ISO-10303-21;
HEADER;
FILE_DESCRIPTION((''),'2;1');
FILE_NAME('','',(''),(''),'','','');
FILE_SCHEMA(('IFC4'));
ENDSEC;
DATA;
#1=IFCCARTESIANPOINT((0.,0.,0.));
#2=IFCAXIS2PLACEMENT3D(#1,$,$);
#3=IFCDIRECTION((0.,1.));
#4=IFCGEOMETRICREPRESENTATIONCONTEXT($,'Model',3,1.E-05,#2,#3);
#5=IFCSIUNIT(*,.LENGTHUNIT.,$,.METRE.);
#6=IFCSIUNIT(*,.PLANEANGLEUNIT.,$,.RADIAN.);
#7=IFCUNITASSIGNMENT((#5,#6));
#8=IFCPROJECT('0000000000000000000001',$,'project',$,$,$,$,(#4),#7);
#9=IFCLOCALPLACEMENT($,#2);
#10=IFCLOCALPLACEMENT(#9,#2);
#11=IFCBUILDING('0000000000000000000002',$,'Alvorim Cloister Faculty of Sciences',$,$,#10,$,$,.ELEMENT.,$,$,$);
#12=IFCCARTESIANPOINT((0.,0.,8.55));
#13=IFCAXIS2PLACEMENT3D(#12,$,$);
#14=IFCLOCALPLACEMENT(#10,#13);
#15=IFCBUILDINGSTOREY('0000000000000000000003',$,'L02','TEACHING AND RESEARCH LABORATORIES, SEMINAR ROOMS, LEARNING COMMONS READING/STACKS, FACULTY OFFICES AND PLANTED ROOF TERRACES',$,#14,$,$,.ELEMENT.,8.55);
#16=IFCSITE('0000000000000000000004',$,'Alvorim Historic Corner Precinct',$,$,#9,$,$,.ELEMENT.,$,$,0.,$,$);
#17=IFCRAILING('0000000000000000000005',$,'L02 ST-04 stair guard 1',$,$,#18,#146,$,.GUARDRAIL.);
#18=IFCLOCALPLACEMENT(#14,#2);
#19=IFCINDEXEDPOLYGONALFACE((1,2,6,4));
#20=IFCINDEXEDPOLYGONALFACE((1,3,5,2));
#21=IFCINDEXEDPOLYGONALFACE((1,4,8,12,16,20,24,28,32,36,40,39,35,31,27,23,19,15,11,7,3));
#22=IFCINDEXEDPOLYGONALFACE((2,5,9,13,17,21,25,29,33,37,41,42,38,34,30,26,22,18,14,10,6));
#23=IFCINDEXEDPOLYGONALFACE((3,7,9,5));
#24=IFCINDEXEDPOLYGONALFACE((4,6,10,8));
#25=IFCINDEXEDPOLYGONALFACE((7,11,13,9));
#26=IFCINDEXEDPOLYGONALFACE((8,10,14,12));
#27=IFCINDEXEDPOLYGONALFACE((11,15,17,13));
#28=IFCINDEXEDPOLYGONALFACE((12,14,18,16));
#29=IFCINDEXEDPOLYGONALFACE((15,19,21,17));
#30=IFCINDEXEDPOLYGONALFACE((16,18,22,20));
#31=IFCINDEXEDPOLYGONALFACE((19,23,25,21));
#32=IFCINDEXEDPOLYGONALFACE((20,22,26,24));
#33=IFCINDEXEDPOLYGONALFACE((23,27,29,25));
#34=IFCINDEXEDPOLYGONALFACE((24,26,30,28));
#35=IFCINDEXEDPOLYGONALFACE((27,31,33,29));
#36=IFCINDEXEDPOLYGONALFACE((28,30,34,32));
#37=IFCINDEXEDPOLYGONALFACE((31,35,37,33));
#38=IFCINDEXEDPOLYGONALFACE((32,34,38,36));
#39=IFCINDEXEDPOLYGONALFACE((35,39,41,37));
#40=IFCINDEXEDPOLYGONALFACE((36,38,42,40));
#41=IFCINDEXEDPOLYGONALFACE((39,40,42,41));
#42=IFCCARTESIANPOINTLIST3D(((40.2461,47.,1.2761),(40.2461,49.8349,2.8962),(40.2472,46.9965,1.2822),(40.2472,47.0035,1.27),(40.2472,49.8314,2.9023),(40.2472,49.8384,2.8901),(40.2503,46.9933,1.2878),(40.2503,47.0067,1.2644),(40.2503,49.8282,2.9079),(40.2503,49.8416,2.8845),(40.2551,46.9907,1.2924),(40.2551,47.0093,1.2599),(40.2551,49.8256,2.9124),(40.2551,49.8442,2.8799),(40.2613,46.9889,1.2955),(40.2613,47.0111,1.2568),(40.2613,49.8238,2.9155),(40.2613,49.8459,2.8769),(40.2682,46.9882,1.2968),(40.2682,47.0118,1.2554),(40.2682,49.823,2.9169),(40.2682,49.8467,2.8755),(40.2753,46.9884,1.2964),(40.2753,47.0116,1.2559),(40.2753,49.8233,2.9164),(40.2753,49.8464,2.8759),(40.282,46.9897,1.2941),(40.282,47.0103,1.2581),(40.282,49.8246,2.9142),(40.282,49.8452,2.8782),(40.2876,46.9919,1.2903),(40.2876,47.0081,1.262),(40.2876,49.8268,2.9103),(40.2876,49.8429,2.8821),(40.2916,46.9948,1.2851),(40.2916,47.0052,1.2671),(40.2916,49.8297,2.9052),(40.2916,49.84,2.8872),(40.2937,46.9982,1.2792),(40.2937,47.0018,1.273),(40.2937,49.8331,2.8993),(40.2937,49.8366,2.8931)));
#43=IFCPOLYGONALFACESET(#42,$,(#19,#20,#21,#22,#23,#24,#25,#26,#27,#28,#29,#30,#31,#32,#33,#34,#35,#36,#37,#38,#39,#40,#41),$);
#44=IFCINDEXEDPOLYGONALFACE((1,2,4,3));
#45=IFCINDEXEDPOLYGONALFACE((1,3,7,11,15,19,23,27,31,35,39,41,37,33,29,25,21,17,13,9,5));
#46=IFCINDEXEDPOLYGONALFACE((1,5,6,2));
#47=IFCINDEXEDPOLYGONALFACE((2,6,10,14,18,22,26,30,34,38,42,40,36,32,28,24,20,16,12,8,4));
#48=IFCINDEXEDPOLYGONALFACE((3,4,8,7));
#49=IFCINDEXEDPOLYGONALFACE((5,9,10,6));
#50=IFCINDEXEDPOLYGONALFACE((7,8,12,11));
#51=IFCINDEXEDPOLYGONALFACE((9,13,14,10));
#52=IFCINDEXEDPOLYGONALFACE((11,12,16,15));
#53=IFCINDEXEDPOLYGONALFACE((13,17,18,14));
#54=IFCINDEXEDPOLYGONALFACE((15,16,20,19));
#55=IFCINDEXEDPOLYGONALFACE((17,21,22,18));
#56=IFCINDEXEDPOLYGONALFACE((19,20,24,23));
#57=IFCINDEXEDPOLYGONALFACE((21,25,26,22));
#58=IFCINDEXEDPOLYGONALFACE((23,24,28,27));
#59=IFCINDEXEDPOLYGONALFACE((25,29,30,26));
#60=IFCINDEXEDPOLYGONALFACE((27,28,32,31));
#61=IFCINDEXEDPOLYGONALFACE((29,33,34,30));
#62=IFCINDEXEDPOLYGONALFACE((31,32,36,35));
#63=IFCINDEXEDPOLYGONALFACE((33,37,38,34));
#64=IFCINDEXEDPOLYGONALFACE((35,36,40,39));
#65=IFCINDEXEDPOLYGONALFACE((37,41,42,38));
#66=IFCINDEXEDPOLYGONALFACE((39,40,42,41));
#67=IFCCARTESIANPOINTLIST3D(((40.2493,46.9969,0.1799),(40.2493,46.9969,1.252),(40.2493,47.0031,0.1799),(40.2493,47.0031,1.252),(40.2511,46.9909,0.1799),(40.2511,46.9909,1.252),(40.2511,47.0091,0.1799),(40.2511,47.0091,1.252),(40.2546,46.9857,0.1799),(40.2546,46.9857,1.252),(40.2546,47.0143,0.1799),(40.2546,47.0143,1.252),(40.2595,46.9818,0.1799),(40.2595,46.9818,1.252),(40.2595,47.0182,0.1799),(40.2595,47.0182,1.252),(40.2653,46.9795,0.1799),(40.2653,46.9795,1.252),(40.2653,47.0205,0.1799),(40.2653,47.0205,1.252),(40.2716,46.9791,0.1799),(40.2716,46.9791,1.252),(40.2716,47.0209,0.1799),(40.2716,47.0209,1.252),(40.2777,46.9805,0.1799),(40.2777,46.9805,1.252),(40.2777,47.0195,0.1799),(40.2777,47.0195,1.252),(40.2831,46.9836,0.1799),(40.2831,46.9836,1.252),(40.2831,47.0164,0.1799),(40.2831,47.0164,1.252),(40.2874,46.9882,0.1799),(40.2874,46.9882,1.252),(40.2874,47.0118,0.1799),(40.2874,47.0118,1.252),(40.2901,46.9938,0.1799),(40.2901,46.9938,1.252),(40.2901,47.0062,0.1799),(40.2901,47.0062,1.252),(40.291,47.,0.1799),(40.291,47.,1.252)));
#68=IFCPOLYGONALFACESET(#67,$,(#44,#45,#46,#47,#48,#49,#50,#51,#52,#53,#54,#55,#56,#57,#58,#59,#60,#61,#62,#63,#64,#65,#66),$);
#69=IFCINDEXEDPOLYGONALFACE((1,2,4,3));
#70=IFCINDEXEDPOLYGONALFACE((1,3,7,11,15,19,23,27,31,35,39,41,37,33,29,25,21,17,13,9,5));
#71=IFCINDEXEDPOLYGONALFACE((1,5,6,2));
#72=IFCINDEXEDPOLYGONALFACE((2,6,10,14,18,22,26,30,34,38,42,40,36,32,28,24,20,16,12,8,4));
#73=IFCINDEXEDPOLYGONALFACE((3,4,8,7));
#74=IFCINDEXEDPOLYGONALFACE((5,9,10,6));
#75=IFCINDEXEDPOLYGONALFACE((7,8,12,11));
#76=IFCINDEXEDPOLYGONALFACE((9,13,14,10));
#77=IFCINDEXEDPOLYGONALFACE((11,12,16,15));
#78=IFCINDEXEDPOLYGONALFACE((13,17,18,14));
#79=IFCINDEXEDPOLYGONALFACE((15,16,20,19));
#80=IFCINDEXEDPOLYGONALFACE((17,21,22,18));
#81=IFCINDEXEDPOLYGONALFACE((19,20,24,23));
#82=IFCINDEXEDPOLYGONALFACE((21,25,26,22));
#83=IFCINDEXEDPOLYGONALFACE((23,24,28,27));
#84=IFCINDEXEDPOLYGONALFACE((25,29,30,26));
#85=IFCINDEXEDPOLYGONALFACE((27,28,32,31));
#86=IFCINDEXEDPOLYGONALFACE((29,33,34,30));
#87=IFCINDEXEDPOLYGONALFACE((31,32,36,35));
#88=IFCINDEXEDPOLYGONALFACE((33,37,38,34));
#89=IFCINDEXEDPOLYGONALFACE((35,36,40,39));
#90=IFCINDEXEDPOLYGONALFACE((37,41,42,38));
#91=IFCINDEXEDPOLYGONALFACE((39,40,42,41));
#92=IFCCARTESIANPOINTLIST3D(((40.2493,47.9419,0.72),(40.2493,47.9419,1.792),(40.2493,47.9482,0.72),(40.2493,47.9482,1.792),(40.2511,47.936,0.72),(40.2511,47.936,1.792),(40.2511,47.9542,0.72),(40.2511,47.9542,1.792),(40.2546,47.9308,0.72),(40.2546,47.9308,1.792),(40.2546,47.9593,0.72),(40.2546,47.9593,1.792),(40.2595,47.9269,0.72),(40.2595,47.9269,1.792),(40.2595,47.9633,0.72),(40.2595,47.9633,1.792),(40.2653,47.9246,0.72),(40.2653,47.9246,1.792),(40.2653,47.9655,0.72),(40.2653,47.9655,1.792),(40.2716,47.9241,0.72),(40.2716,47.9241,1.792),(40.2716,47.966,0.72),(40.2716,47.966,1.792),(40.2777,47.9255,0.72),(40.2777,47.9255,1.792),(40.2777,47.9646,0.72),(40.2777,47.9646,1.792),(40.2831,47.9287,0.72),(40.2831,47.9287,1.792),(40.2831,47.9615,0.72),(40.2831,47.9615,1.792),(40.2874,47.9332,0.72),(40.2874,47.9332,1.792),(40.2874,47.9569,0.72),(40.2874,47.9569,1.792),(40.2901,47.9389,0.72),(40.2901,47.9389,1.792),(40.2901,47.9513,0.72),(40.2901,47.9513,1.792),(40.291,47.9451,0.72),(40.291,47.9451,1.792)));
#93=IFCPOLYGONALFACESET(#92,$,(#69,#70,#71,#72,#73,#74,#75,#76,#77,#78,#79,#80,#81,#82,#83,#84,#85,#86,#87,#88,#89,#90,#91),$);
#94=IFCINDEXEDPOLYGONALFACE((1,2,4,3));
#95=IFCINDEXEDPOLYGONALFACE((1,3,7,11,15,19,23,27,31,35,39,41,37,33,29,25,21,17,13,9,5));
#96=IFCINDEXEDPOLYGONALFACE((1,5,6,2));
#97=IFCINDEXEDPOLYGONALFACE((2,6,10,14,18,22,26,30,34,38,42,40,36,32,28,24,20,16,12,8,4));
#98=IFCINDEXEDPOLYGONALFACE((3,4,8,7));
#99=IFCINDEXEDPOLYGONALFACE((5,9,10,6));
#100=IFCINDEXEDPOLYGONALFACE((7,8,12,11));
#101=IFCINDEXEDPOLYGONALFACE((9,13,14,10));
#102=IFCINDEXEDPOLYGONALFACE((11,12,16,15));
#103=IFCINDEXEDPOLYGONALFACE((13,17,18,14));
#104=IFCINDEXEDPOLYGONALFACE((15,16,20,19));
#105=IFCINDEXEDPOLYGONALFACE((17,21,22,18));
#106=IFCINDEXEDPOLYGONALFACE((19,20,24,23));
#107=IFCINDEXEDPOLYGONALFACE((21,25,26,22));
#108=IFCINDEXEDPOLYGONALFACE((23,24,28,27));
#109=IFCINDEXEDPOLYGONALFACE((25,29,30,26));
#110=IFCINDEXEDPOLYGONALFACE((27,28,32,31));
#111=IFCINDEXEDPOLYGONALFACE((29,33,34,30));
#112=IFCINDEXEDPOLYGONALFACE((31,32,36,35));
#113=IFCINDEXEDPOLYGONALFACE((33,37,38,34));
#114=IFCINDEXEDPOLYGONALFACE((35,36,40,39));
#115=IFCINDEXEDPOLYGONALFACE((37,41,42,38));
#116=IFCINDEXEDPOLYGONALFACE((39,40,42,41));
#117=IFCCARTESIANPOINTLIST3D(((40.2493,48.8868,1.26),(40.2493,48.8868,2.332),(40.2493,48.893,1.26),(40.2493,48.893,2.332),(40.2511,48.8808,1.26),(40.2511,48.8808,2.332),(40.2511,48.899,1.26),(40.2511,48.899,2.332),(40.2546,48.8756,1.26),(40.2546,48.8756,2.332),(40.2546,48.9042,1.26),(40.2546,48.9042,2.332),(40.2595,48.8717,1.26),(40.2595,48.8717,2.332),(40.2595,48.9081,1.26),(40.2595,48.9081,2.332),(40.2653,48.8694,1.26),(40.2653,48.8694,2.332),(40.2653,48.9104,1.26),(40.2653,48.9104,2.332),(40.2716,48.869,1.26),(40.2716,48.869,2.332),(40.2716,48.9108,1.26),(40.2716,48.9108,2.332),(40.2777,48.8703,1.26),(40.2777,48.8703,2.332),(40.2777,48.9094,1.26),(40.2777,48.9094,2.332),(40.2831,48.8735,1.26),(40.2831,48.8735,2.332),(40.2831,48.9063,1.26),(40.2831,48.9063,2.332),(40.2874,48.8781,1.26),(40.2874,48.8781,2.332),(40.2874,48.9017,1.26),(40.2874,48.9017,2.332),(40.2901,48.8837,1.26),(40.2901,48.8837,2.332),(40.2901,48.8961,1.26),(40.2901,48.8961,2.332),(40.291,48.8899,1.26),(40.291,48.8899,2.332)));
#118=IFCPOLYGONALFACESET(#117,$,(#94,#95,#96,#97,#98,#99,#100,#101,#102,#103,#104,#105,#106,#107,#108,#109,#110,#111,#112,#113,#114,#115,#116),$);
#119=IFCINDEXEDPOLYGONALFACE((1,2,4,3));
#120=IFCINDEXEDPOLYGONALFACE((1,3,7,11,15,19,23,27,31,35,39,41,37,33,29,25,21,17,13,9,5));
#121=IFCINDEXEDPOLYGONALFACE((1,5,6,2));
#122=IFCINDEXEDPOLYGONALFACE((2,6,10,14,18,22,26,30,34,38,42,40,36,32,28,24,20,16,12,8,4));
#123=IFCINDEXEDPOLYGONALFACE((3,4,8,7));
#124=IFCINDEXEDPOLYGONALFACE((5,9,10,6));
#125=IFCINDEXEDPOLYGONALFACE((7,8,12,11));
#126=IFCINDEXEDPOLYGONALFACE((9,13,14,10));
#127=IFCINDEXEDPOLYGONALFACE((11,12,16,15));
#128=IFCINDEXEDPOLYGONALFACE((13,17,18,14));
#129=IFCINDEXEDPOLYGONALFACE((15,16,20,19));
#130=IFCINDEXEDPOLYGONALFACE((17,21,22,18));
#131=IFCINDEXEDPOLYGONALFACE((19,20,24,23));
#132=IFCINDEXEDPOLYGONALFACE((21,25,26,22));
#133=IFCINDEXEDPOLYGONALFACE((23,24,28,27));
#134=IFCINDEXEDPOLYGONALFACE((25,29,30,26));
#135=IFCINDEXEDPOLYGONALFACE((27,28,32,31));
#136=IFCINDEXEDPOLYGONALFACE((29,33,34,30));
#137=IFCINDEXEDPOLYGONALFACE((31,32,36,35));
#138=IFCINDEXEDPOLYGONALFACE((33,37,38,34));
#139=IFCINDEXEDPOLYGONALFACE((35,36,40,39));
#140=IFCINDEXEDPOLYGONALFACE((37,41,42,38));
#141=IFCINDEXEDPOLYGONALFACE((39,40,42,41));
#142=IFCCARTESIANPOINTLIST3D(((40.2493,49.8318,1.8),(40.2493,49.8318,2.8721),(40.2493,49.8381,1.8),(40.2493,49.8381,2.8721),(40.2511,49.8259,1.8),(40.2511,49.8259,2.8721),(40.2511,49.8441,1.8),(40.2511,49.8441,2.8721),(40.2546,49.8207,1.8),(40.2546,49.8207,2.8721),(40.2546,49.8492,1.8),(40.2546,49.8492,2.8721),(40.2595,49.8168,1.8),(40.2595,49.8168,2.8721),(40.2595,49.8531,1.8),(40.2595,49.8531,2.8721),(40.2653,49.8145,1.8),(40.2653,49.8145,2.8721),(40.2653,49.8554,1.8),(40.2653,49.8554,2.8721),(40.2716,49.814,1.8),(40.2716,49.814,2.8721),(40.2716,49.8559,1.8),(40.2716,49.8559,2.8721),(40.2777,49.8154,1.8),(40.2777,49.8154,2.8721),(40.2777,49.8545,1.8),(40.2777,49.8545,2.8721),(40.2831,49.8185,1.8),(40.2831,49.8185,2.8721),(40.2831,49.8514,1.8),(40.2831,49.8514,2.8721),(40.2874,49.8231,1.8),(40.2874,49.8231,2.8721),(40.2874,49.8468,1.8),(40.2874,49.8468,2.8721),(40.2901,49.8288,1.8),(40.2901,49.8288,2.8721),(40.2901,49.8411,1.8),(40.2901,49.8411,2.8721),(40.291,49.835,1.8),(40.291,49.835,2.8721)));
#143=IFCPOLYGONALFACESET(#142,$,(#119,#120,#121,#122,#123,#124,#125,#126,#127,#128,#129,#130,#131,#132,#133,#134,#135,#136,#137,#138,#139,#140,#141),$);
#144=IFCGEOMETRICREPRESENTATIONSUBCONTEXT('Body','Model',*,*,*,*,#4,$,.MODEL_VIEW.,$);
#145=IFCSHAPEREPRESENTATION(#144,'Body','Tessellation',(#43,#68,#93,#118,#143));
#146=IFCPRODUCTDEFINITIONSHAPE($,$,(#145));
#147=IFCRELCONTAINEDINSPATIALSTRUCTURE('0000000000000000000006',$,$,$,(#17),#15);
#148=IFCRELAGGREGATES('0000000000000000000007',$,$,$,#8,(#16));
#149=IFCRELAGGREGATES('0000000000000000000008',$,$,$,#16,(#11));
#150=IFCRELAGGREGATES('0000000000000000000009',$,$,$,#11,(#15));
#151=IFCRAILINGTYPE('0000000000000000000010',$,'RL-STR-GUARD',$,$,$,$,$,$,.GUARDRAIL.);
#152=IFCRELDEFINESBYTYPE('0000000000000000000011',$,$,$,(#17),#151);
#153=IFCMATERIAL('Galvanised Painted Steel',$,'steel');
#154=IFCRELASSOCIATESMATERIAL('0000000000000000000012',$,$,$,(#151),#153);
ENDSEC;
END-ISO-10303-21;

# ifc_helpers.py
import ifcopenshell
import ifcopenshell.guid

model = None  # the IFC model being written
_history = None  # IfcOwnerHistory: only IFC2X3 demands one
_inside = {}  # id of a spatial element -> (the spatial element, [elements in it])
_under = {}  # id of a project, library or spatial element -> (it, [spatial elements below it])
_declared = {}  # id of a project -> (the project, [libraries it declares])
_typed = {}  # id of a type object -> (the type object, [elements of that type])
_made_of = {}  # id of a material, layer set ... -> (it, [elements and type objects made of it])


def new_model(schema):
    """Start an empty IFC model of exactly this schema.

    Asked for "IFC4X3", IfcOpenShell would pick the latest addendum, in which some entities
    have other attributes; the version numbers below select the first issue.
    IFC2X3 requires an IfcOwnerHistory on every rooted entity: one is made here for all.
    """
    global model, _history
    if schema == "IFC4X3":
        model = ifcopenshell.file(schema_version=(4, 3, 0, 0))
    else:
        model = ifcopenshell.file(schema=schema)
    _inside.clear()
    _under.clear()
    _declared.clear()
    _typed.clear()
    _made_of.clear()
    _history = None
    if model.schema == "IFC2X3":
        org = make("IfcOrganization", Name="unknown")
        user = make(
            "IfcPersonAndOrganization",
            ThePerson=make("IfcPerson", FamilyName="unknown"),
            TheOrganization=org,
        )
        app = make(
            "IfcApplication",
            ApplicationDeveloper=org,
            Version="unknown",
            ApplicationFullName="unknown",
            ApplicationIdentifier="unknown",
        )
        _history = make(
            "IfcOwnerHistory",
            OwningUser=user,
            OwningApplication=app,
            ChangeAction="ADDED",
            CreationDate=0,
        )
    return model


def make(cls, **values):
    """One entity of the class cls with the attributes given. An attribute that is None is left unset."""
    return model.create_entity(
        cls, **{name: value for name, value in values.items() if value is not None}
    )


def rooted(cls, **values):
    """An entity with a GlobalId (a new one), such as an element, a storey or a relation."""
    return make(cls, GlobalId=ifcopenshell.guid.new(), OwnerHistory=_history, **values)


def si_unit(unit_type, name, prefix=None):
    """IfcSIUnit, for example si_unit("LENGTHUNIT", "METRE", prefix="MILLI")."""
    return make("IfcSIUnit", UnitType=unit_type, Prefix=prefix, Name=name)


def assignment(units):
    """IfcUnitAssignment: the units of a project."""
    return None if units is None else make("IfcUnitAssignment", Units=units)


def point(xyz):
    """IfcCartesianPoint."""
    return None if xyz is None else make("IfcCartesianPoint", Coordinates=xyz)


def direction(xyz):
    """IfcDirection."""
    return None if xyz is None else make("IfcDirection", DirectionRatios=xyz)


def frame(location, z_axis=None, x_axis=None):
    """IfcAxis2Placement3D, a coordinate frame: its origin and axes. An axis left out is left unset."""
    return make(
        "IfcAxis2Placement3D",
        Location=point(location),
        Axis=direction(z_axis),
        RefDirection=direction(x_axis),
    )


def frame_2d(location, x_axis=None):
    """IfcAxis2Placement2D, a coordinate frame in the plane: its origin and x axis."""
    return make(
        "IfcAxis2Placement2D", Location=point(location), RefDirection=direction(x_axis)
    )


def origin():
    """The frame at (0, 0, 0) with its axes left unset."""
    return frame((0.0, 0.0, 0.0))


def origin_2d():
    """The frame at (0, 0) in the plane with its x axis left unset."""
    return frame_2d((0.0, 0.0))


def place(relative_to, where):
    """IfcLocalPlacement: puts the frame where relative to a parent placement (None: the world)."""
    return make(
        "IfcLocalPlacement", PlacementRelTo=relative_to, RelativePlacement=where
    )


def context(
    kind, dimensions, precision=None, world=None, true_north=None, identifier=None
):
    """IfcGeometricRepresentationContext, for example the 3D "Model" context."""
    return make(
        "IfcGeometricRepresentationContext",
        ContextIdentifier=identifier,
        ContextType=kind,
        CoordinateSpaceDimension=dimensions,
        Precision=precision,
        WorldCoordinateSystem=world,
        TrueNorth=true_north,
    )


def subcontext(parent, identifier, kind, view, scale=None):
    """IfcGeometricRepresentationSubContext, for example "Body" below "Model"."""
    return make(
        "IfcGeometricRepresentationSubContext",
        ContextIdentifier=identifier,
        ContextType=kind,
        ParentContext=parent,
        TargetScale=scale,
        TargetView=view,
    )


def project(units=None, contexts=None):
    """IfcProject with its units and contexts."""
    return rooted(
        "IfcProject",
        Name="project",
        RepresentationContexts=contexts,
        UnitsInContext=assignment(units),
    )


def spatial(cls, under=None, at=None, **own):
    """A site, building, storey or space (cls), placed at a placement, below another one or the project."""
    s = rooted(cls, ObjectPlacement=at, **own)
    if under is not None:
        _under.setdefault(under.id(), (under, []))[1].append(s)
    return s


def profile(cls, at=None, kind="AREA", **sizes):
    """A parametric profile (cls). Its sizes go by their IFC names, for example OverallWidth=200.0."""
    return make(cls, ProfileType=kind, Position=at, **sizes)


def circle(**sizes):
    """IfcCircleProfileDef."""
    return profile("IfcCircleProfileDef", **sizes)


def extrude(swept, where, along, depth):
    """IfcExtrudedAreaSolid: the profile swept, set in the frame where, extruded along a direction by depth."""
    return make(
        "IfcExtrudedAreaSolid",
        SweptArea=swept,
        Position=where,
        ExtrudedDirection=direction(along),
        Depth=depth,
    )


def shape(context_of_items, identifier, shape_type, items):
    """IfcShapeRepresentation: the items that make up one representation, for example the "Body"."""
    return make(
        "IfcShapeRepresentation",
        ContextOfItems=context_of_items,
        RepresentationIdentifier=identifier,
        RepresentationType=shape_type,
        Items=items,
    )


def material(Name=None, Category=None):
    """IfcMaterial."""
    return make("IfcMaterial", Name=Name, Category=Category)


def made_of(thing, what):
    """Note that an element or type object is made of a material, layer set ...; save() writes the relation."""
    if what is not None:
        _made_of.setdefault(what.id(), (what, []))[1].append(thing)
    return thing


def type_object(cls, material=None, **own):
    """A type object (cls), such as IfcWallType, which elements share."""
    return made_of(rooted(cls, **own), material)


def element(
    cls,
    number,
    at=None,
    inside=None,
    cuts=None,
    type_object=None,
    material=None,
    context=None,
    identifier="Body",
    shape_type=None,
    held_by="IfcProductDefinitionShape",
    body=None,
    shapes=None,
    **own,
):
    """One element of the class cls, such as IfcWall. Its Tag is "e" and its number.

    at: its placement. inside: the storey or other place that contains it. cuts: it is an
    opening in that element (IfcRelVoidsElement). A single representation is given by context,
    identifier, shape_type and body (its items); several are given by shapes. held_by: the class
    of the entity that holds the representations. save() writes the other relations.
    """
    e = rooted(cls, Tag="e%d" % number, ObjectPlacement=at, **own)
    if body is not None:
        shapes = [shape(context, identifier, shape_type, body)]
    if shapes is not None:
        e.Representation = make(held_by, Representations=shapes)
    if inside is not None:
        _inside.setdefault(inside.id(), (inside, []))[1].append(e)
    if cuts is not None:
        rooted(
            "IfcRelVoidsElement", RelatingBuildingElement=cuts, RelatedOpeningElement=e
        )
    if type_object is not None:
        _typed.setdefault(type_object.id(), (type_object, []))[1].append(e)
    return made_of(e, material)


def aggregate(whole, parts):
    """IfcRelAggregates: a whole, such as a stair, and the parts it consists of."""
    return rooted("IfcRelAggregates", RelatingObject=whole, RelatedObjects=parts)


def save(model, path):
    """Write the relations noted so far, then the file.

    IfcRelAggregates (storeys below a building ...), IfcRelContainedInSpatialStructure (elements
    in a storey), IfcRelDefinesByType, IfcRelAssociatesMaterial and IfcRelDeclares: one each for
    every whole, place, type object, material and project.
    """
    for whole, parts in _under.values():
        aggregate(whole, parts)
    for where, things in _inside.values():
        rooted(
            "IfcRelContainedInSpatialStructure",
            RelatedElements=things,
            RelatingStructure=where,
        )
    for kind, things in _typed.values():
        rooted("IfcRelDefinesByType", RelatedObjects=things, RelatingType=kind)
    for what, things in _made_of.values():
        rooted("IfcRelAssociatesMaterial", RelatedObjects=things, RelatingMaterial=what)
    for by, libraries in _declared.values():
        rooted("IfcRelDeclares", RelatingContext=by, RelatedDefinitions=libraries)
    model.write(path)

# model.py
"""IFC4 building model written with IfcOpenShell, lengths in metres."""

from ifc_helpers import new_model, si_unit, direction, frame, origin, origin_2d, place, context, subcontext, project, spatial, circle, extrude, material, type_object, element, save


model = new_model("IFC4")

# Units and contexts
model_context = context("Model", 3, precision=1e-05, world=origin(), true_north=direction((0.0, 1.0)))
body_context = subcontext(model_context, "Body", "Model", "MODEL_VIEW")
ifc_project = project(units=[si_unit("LENGTHUNIT", "METRE"), si_unit("PLANEANGLEUNIT", "RADIAN")], contexts=[model_context])

# Site, building, storey
site_placement = place(None, origin())
site = spatial("IfcSite", under=ifc_project, at=site_placement, Name="Alvorim Historic Corner Precinct", CompositionType="ELEMENT", RefElevation=0.0)
building_placement = place(site_placement, origin())
building = spatial("IfcBuilding", under=site, at=building_placement, Name="Alvorim Cloister Faculty of Sciences", CompositionType="ELEMENT")
storey_placement = place(building_placement, frame((0.0, 0.0, 8.55)))
storey = spatial("IfcBuildingStorey", under=building, at=storey_placement, Name="L02", Description="TEACHING AND RESEARCH LABORATORIES, SEMINAR ROOMS, LEARNING COMMONS READING/STACKS, FACULTY OFFICES AND PLANTED ROOF TERRACES", CompositionType="ELEMENT", Elevation=8.55)

# Railing
ifc_material_1 = material(Name="Galvanised Painted Steel", Category="steel")
railing_type_1 = type_object("IfcRailingType", Name="RL-STR-GUARD", PredefinedType="GUARDRAIL", material=ifc_material_1)
railing_1_placement = place(storey_placement, frame((40.27, 47.0, 0.1799)))
element("IfcRailing", 1, at=railing_1_placement, inside=storey, type_object=railing_type_1, Name="L02 ST-04 stair guard 1", PredefinedType="GUARDRAIL", context=body_context, shape_type="SweptSolid", body=[
    extrude(circle(Radius=0.0239, at=origin_2d()), frame((0.0, 0.0, 1.0962), z_axis=(0.0, 0.868225, 0.496171), x_axis=(-1.0, 0.0, 0.0)), (0.0, 0.0, 1.0), 3.2651),
    extrude(circle(Radius=0.021, at=origin_2d()), origin(), (0.0, 0.0, 1.0), 1.072),
    extrude(circle(Radius=0.021, at=origin_2d()), frame((0.0, 0.9451, 0.54)), (0.0, 0.0, 1.0), 1.072),
    extrude(circle(Radius=0.021, at=origin_2d()), frame((0.0, 1.8899, 1.0801)), (0.0, 0.0, 1.0), 1.072),
    extrude(circle(Radius=0.021, at=origin_2d()), frame((0.0, 2.835, 1.6201)), (0.0, 0.0, 1.0), 1.072),
])

save(model, "model.ifc")
